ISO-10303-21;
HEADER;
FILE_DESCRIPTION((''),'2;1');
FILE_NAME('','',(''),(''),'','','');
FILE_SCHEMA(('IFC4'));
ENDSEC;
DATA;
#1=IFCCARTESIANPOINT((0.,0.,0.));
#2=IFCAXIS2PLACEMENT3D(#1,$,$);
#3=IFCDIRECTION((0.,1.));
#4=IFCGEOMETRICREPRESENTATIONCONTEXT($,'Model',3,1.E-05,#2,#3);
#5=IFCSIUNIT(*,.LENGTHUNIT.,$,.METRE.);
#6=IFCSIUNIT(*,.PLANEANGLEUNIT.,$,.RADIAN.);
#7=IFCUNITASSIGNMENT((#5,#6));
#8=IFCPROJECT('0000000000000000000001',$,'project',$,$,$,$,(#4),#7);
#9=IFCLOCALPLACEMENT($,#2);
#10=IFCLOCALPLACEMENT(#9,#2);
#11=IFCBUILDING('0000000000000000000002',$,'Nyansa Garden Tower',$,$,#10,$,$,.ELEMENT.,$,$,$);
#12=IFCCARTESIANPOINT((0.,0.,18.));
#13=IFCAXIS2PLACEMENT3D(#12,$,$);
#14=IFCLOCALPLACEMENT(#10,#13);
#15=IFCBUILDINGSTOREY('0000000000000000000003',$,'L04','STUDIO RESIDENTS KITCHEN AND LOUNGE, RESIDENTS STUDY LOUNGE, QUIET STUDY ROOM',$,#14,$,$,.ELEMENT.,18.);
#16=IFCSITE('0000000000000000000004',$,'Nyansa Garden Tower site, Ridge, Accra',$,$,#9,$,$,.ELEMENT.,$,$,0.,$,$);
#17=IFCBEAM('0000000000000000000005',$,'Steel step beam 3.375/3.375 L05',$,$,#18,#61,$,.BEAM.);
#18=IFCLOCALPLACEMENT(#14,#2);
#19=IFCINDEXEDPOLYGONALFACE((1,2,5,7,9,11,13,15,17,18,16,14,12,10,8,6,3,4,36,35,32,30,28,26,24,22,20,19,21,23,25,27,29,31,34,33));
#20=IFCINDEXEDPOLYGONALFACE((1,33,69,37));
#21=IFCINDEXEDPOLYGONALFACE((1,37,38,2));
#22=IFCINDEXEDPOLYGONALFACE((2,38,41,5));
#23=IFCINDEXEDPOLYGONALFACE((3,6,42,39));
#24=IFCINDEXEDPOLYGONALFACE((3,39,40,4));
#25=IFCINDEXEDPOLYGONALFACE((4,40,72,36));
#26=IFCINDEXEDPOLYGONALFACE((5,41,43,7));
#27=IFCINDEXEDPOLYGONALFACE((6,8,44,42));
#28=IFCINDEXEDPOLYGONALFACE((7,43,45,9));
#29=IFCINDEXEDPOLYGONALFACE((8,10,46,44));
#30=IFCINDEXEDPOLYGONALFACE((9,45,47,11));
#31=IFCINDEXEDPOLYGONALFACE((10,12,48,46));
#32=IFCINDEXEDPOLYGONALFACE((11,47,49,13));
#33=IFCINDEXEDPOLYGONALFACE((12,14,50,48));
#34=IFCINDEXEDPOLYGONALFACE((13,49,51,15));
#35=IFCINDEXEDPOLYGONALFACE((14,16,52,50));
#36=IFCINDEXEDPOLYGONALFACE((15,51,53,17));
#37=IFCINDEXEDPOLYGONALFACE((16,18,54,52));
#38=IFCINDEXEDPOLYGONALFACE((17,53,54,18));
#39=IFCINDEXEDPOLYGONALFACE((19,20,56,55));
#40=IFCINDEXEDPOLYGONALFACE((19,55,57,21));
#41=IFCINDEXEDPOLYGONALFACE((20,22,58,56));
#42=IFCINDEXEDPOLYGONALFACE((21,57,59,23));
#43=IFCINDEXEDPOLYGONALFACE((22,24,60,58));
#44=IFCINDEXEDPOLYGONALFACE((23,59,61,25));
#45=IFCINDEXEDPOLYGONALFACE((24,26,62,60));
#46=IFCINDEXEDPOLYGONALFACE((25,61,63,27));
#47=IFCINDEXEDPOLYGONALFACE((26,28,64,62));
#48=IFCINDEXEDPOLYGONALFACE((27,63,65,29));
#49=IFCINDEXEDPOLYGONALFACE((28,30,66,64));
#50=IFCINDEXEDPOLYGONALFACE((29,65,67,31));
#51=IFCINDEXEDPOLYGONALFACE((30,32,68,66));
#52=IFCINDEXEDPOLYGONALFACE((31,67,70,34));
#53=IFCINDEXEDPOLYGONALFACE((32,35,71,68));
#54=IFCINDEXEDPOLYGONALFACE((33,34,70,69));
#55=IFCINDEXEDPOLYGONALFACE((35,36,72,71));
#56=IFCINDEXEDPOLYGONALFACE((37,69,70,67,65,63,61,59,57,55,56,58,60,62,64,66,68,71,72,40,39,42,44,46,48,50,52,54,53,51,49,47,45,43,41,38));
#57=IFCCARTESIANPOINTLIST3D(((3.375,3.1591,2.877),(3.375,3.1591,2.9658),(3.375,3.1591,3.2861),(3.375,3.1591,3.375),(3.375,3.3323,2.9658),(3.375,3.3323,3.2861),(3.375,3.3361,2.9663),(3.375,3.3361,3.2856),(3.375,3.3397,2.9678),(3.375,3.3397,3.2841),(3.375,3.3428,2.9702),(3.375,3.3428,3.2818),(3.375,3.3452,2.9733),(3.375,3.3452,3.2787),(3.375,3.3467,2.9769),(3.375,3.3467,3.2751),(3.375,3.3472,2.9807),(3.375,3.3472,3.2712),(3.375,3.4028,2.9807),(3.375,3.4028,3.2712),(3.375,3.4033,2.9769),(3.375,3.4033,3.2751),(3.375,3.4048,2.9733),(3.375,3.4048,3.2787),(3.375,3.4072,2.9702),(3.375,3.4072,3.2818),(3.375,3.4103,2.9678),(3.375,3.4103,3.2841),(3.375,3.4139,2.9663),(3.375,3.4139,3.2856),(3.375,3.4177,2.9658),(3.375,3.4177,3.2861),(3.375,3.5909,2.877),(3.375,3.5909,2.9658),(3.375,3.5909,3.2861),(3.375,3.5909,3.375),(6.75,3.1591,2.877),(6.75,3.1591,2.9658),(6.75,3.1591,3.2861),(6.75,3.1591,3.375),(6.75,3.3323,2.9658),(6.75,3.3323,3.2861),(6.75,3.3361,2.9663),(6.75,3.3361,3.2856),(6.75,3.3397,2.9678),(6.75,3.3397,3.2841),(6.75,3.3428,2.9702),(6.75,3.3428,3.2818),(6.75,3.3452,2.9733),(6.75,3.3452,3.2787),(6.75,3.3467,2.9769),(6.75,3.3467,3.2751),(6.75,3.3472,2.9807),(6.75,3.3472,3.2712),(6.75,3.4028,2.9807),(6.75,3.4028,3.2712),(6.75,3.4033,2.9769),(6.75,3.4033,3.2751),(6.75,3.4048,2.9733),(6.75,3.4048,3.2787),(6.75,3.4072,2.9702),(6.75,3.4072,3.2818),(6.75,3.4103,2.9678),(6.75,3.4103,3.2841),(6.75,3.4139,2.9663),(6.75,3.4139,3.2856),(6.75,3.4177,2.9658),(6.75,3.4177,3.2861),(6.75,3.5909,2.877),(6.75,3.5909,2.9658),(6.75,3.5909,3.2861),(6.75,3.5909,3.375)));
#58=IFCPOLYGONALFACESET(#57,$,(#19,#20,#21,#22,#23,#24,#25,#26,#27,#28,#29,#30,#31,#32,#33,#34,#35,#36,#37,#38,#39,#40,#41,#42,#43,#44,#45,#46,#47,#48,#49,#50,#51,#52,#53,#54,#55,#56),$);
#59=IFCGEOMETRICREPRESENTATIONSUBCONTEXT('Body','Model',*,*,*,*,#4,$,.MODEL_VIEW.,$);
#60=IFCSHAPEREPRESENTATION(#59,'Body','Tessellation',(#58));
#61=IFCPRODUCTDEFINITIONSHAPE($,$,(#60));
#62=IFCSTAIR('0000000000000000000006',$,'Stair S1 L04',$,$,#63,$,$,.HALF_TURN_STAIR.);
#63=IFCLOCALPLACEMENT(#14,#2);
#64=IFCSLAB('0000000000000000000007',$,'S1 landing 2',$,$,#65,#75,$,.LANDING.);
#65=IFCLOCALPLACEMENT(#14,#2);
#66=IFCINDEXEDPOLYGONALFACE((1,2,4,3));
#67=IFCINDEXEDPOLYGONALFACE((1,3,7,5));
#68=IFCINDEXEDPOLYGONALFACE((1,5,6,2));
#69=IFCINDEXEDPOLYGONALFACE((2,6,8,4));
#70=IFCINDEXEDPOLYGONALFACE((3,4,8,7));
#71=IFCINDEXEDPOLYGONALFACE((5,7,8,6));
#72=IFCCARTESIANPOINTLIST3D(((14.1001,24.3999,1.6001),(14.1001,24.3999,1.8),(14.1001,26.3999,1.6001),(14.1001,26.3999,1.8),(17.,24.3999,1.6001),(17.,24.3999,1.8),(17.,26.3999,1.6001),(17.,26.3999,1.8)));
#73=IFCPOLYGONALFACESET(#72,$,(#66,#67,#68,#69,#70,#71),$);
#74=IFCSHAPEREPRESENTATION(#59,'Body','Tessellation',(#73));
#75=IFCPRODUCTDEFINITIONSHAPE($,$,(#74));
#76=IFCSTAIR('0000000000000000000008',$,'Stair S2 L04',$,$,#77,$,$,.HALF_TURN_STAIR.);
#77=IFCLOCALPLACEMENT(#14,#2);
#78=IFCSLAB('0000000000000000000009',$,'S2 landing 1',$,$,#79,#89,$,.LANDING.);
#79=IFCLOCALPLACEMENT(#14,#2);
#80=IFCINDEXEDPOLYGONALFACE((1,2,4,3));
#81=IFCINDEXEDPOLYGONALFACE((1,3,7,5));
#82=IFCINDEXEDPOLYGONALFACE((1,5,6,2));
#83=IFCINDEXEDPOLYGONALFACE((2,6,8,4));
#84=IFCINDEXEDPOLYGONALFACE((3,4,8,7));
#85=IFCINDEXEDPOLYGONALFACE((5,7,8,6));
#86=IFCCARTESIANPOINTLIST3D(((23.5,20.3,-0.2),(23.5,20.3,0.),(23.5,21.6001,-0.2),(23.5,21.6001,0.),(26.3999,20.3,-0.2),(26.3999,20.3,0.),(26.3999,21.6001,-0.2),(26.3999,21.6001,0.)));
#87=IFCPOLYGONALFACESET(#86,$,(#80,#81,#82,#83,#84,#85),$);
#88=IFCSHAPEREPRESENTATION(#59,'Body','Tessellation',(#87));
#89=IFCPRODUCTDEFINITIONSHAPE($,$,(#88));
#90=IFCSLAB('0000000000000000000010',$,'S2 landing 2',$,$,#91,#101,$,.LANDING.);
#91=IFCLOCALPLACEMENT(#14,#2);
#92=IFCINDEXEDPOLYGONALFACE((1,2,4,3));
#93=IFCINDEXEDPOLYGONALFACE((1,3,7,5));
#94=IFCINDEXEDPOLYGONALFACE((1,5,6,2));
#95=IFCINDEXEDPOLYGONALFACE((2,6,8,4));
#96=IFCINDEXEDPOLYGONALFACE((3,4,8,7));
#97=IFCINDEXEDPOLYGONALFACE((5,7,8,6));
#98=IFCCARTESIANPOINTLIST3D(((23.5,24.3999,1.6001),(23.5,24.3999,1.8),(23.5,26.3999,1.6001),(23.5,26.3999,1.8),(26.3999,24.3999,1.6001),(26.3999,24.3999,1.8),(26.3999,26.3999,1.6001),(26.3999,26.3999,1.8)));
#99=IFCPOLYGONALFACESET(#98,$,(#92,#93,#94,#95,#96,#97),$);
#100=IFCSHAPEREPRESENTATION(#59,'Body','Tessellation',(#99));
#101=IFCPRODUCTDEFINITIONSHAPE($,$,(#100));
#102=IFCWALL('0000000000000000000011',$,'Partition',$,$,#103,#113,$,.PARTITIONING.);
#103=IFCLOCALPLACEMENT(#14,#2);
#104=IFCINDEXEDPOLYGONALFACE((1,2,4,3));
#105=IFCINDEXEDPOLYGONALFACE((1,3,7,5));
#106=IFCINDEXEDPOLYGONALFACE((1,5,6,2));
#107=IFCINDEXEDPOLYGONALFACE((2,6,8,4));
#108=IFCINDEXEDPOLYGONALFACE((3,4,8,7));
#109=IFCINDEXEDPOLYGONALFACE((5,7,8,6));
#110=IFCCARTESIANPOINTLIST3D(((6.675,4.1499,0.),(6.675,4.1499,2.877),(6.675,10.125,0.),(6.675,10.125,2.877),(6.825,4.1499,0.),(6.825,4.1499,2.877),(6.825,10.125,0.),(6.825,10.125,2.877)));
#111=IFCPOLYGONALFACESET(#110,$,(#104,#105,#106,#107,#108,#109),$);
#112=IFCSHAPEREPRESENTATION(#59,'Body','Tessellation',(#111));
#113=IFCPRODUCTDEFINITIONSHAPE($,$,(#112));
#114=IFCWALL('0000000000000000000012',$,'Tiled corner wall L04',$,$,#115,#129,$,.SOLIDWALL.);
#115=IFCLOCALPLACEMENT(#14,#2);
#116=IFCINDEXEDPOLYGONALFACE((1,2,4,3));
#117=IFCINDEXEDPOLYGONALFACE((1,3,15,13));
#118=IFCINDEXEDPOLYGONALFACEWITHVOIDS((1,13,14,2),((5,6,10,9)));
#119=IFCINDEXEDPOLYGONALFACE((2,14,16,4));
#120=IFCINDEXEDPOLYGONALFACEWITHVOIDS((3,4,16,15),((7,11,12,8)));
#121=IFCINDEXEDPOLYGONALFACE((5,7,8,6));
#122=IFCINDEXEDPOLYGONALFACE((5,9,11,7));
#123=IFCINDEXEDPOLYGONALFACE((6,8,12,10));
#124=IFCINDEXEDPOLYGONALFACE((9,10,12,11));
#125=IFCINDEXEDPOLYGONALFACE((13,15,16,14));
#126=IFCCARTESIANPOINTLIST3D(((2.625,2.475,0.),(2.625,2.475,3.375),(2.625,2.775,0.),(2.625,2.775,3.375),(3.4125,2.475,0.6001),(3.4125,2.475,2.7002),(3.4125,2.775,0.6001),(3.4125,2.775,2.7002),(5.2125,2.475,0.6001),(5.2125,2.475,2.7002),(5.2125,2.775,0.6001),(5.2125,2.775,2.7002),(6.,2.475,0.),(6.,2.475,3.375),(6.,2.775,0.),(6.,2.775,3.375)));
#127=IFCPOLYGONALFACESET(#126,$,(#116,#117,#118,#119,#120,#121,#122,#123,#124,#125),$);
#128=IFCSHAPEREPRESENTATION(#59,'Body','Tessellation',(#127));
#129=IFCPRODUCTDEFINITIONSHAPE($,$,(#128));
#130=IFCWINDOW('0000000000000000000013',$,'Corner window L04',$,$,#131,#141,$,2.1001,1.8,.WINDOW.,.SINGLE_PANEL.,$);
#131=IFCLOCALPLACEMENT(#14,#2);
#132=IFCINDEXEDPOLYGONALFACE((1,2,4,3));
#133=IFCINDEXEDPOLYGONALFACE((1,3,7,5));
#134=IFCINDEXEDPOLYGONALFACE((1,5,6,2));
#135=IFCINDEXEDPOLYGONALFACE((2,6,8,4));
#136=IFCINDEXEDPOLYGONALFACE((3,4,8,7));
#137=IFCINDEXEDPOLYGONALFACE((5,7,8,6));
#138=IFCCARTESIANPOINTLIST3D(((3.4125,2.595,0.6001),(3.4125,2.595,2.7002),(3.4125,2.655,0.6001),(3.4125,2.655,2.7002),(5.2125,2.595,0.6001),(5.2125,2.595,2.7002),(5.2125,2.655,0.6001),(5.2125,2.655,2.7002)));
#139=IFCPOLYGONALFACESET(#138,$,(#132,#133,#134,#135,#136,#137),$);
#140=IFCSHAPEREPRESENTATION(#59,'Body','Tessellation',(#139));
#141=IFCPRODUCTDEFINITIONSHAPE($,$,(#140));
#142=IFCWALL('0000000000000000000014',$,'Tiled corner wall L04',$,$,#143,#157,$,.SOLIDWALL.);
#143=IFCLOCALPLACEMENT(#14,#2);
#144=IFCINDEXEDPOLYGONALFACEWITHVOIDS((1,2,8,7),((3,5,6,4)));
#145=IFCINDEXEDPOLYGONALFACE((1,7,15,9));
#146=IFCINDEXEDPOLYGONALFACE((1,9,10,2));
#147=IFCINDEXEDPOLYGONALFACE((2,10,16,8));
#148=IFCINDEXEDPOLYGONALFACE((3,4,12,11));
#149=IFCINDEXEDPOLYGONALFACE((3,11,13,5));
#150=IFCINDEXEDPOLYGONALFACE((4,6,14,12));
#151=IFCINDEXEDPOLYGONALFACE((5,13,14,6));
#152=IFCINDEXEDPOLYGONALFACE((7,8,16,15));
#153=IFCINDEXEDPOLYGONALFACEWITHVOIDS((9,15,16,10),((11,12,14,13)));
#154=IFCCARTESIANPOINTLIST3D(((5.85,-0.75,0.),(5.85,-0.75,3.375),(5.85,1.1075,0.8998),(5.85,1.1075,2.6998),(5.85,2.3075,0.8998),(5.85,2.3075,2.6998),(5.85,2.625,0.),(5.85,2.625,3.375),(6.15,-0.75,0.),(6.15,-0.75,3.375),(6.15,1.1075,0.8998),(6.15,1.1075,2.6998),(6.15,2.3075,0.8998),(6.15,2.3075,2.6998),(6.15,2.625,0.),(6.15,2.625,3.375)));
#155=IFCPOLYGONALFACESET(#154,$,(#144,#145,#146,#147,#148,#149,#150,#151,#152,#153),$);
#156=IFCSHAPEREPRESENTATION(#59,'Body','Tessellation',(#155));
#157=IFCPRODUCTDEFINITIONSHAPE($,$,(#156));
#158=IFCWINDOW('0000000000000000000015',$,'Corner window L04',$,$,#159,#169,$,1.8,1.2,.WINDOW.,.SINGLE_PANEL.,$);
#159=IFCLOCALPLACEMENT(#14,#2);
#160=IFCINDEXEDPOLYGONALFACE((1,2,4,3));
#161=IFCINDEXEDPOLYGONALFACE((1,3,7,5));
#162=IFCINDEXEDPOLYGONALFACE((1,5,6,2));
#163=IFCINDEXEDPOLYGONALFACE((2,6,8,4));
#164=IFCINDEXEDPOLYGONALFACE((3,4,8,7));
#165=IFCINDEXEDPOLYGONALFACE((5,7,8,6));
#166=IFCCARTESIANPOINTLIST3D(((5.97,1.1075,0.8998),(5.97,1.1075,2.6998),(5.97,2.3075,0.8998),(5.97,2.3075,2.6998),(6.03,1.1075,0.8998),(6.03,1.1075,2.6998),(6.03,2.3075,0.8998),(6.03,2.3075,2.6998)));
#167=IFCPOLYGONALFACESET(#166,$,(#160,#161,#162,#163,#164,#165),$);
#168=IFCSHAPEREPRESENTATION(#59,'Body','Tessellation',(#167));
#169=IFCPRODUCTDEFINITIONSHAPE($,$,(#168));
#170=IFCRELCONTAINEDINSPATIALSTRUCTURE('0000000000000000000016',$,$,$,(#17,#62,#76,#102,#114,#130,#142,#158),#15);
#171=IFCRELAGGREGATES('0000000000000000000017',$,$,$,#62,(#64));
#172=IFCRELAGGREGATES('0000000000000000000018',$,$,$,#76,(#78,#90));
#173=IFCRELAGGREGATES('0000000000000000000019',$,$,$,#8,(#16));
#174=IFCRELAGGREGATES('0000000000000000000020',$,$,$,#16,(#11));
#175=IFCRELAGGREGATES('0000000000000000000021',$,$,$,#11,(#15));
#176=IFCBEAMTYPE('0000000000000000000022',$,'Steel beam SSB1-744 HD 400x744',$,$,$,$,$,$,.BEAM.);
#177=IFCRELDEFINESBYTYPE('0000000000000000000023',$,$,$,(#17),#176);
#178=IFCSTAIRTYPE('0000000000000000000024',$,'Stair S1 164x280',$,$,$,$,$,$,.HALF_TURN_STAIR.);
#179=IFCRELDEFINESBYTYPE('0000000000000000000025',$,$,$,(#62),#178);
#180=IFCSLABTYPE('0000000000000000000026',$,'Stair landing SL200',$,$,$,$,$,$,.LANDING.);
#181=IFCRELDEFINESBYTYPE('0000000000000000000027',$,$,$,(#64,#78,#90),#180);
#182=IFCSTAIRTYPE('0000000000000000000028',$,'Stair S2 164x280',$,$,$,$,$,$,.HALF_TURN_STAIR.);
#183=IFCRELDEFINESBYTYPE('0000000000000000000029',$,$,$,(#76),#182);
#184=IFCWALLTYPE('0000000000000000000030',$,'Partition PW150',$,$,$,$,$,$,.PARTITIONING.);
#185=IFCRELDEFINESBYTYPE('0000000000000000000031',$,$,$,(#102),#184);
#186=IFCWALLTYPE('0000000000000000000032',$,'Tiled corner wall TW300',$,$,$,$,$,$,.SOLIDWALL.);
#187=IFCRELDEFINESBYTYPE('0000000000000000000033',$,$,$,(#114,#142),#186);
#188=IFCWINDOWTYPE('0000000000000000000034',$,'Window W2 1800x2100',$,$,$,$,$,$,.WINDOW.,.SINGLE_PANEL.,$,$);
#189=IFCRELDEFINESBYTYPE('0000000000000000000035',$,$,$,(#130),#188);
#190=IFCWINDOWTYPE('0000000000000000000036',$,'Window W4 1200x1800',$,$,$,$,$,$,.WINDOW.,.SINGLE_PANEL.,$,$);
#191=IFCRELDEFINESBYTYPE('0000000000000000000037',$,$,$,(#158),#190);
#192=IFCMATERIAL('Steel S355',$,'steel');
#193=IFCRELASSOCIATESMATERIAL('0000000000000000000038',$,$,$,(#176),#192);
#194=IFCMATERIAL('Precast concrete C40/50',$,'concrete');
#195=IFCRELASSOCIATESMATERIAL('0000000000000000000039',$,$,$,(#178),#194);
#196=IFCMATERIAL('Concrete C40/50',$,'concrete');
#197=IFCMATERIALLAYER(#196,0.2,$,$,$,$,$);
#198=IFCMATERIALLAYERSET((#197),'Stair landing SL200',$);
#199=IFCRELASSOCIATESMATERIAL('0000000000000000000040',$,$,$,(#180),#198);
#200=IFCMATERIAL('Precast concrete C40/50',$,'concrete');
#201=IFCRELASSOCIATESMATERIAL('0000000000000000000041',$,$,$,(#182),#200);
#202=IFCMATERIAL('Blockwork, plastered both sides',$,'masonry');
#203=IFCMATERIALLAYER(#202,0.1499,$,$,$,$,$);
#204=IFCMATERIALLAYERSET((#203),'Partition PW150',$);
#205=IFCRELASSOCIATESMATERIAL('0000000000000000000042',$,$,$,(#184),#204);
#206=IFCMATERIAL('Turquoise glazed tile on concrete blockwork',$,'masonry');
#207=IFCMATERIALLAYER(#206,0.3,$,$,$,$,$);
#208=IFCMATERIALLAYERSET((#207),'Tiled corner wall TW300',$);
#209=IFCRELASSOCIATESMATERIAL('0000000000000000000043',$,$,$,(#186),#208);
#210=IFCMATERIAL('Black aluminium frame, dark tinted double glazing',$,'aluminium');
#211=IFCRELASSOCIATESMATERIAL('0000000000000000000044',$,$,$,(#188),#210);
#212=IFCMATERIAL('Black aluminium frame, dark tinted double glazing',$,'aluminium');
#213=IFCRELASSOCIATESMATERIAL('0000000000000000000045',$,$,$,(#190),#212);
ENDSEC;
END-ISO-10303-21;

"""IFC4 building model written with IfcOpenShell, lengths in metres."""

from ifc_helpers import new_model, si_unit, direction, frame, frame_2d, origin, origin_2d, place, context, subcontext, project, spatial, polyline, rectangle, i_section, outline, extrude, material, layer, layer_set, material_profile, profile_set, type_object, element, fill, aggregate, save


model = new_model("IFC4")

# Units and contexts
model_context = context("Model", 3, precision=1e-05, world=origin(), true_north=direction((0.0, 1.0)))
body_context = subcontext(model_context, "Body", "Model", "MODEL_VIEW")
ifc_project = project(units=[si_unit("LENGTHUNIT", "METRE"), si_unit("PLANEANGLEUNIT", "RADIAN")], contexts=[model_context])

# Site, building, storey
site_placement = place(None, origin())
site = spatial("IfcSite", under=ifc_project, at=site_placement, Name="Nyansa Garden Tower site, Ridge, Accra", CompositionType="ELEMENT", RefElevation=0.0)
building_placement = place(site_placement, origin())
building = spatial("IfcBuilding", under=site, at=building_placement, Name="Nyansa Garden Tower", CompositionType="ELEMENT")
storey_placement = place(building_placement, frame((0.0, 0.0, 18.0)))
storey = spatial("IfcBuildingStorey", under=building, at=storey_placement, Name="L04", Description="STUDIO RESIDENTS KITCHEN AND LOUNGE, RESIDENTS STUDY LOUNGE, QUIET STUDY ROOM", CompositionType="ELEMENT", Elevation=18.0)

# Beam
ifc_material_1 = material(Name="Steel S355", Category="steel")
ifc_material_profile_1 = material_profile(ifc_material_1, i_section(OverallWidth=0.4319, OverallDepth=0.498, WebThickness=0.0557, FlangeThickness=0.0889, FilletRadius=0.0149, at=origin_2d()), Name="HD 400x744")
ifc_profile_set_1 = profile_set([ifc_material_profile_1], Name="Steel S355")
beam_type_1 = type_object("IfcBeamType", Name="Steel beam SSB1-744 HD 400x744", PredefinedType="BEAM", material=ifc_profile_set_1)
for number, where, z_axis, x_axis, name in (
    (1, (3.375, 3.375, 3.126), (1.0, 0.0, 0.0), (0.0, 1.0, 0.0), "Steel step beam 3.375/3.375 L05"),
):
    element("IfcBeam", number, at=place(storey_placement, frame(where, z_axis=z_axis, x_axis=x_axis)), inside=storey, type_object=beam_type_1, Name=name, PredefinedType="BEAM", context=body_context, shape_type="SweptSolid", body=[
        extrude(i_section(OverallWidth=0.4319, OverallDepth=0.498, WebThickness=0.0557, FlangeThickness=0.0889, FilletRadius=0.0149, at=origin_2d()), origin(), (0.0, 0.0, 1.0), 3.375),
    ])

# Stair, slab
ifc_material_2 = material(Name="Precast concrete C40/50", Category="concrete")
stair_type_1 = type_object("IfcStairType", Name="Stair S1 164x280", PredefinedType="HALF_TURN_STAIR", material=ifc_material_2)
stair_1_placement = place(storey_placement, origin())
stair_1 = element("IfcStair", 2, at=stair_1_placement, inside=storey, type_object=stair_type_1, Name="Stair S1 L04", PredefinedType="HALF_TURN_STAIR")
ifc_material_3 = material(Name="Concrete C40/50", Category="concrete")
ifc_layer_1 = layer(ifc_material_3, 0.2)
ifc_layer_set_1 = layer_set([ifc_layer_1], Name="Stair landing SL200")
slab_type = type_object("IfcSlabType", Name="Stair landing SL200", PredefinedType="LANDING", material=ifc_layer_set_1)
slab_1_placement = place(storey_placement, frame((0.0, 0.0, 1.6001)))
slab_1 = element("IfcSlab", 3, at=slab_1_placement, type_object=slab_type, Name="S1 landing 2", PredefinedType="LANDING", context=body_context, shape_type="SweptSolid", body=[
    extrude(outline(polyline([(14.1001, 24.3999), (17.0, 24.3999), (17.0, 26.3999), (14.1001, 26.3999), (14.1001, 24.3999)])), origin(), (0.0, 0.0, 1.0), 0.2),
])
aggregate(stair_1, [slab_1])

# Stair, slabs
ifc_material_4 = material(Name="Precast concrete C40/50", Category="concrete")
stair_type_2 = type_object("IfcStairType", Name="Stair S2 164x280", PredefinedType="HALF_TURN_STAIR", material=ifc_material_4)
stair_2_placement = place(storey_placement, origin())
stair_2 = element("IfcStair", 4, at=stair_2_placement, inside=storey, type_object=stair_type_2, Name="Stair S2 L04", PredefinedType="HALF_TURN_STAIR")
slab_2_placement = place(storey_placement, frame((0.0, 0.0, -0.2)))
slab_2 = element("IfcSlab", 5, at=slab_2_placement, type_object=slab_type, Name="S2 landing 1", PredefinedType="LANDING", context=body_context, shape_type="SweptSolid", body=[
    extrude(outline(polyline([(23.5, 20.3), (26.3999, 20.3), (26.3999, 21.6001), (23.5, 21.6001), (23.5, 20.3)])), origin(), (0.0, 0.0, 1.0), 0.2),
])
slab_3_placement = place(storey_placement, frame((0.0, 0.0, 1.6001)))
slab_3 = element("IfcSlab", 6, at=slab_3_placement, type_object=slab_type, Name="S2 landing 2", PredefinedType="LANDING", context=body_context, shape_type="SweptSolid", body=[
    extrude(outline(polyline([(23.5, 24.3999), (26.3999, 24.3999), (26.3999, 26.3999), (23.5, 26.3999), (23.5, 24.3999)])), origin(), (0.0, 0.0, 1.0), 0.2),
])
aggregate(stair_2, [slab_2, slab_3])

# Wall
ifc_material_5 = material(Name="Blockwork, plastered both sides", Category="masonry")
ifc_layer_2 = layer(ifc_material_5, 0.1499)
ifc_layer_set_2 = layer_set([ifc_layer_2], Name="Partition PW150")
wall_type_1 = type_object("IfcWallType", Name="Partition PW150", PredefinedType="PARTITIONING", material=ifc_layer_set_2)
wall_1_placement = place(storey_placement, frame((6.75, 4.1499, 0.0), z_axis=(0.0, 0.0, 1.0), x_axis=(0.0, 1.0, 0.0)))
element("IfcWall", 7, at=wall_1_placement, inside=storey, type_object=wall_type_1, Name="Partition", PredefinedType="PARTITIONING", context=body_context, shape_type="SweptSolid", body=[
    extrude(rectangle(XDim=5.9751, YDim=0.1499, at=frame_2d((2.9875, 0.0))), origin(), (0.0, 0.0, 1.0), 2.877),
])

# Walls, openings, windows
ifc_material_6 = material(Name="Turquoise glazed tile on concrete blockwork", Category="masonry")
ifc_layer_3 = layer(ifc_material_6, 0.3)
ifc_layer_set_3 = layer_set([ifc_layer_3], Name="Tiled corner wall TW300")
wall_type_2 = type_object("IfcWallType", Name="Tiled corner wall TW300", PredefinedType="SOLIDWALL", material=ifc_layer_set_3)
wall_2_placement = place(storey_placement, frame((2.625, 2.625, 0.0), z_axis=(0.0, 0.0, 1.0), x_axis=(1.0, 0.0, 0.0)))
wall_2 = element("IfcWall", 8, at=wall_2_placement, inside=storey, type_object=wall_type_2, Name="Tiled corner wall L04", PredefinedType="SOLIDWALL", context=body_context, shape_type="SweptSolid", body=[
    extrude(rectangle(XDim=3.375, YDim=0.3, at=frame_2d((1.6875, 0.0))), origin(), (0.0, 0.0, 1.0), 3.375),
])
opening_1_placement = place(wall_2_placement, frame((0.7876, 0.0, 0.6001)))
opening_1 = element("IfcOpeningElement", 9, at=opening_1_placement, cuts=wall_2, PredefinedType="OPENING", context=body_context, shape_type="SweptSolid", body=[
    extrude(rectangle(XDim=1.8, YDim=2.1001, at=frame_2d((0.8999, 1.05))), frame((0.0, 0.1599, 0.0), z_axis=(0.0, -1.0, 0.0), x_axis=(1.0, 0.0, 0.0)), (0.0, 0.0, 1.0), 0.3201),
])
ifc_material_7 = material(Name="Black aluminium frame, dark tinted double glazing", Category="aluminium")
window_type_1 = type_object("IfcWindowType", Name="Window W2 1800x2100", PartitioningType="SINGLE_PANEL", PredefinedType="WINDOW", material=ifc_material_7)
window_1_placement = place(opening_1_placement, origin())
window_1 = element("IfcWindow", 10, at=window_1_placement, inside=storey, type_object=window_type_1, Name="Corner window L04", OverallHeight=2.1001, OverallWidth=1.8, PartitioningType="SINGLE_PANEL", PredefinedType="WINDOW", context=body_context, shape_type="SweptSolid", body=[
    extrude(rectangle(XDim=1.8, YDim=2.1001, at=frame_2d((0.8999, 1.05))), frame((0.0, 0.03, 0.0), z_axis=(0.0, -1.0, 0.0), x_axis=(1.0, 0.0, 0.0)), (0.0, 0.0, 1.0), 0.0601),
])
fill(opening_1, window_1)
wall_3_placement = place(storey_placement, frame((6.0, 2.625, 0.0), z_axis=(0.0, 0.0, 1.0), x_axis=(0.0, -1.0, 0.0)))
wall_3 = element("IfcWall", 11, at=wall_3_placement, inside=storey, type_object=wall_type_2, Name="Tiled corner wall L04", PredefinedType="SOLIDWALL", context=body_context, shape_type="SweptSolid", body=[
    extrude(rectangle(XDim=3.375, YDim=0.3, at=frame_2d((1.6875, 0.0))), origin(), (0.0, 0.0, 1.0), 3.375),
])
opening_2_placement = place(wall_3_placement, frame((0.3174, 0.0, 0.8999)))
opening_2 = element("IfcOpeningElement", 12, at=opening_2_placement, cuts=wall_3, PredefinedType="OPENING", context=body_context, shape_type="SweptSolid", body=[
    extrude(rectangle(XDim=1.2, YDim=1.8, at=frame_2d((0.6001, 0.8999))), frame((0.0, 0.1599, 0.0), z_axis=(0.0, -1.0, 0.0), x_axis=(1.0, 0.0, 0.0)), (0.0, 0.0, 1.0), 0.3201),
])
ifc_material_8 = material(Name="Black aluminium frame, dark tinted double glazing", Category="aluminium")
window_type_2 = type_object("IfcWindowType", Name="Window W4 1200x1800", PartitioningType="SINGLE_PANEL", PredefinedType="WINDOW", material=ifc_material_8)
window_2_placement = place(opening_2_placement, origin())
window_2 = element("IfcWindow", 13, at=window_2_placement, inside=storey, type_object=window_type_2, Name="Corner window L04", OverallHeight=1.8, OverallWidth=1.2, PartitioningType="SINGLE_PANEL", PredefinedType="WINDOW", context=body_context, shape_type="SweptSolid", body=[
    extrude(rectangle(XDim=1.2, YDim=1.8, at=frame_2d((0.6001, 0.8999))), frame((0.0, 0.03, 0.0), z_axis=(0.0, -1.0, 0.0), x_axis=(1.0, 0.0, 0.0)), (0.0, 0.0, 1.0), 0.0601),
])
fill(opening_2, window_2)

save(model, "model.ifc")
